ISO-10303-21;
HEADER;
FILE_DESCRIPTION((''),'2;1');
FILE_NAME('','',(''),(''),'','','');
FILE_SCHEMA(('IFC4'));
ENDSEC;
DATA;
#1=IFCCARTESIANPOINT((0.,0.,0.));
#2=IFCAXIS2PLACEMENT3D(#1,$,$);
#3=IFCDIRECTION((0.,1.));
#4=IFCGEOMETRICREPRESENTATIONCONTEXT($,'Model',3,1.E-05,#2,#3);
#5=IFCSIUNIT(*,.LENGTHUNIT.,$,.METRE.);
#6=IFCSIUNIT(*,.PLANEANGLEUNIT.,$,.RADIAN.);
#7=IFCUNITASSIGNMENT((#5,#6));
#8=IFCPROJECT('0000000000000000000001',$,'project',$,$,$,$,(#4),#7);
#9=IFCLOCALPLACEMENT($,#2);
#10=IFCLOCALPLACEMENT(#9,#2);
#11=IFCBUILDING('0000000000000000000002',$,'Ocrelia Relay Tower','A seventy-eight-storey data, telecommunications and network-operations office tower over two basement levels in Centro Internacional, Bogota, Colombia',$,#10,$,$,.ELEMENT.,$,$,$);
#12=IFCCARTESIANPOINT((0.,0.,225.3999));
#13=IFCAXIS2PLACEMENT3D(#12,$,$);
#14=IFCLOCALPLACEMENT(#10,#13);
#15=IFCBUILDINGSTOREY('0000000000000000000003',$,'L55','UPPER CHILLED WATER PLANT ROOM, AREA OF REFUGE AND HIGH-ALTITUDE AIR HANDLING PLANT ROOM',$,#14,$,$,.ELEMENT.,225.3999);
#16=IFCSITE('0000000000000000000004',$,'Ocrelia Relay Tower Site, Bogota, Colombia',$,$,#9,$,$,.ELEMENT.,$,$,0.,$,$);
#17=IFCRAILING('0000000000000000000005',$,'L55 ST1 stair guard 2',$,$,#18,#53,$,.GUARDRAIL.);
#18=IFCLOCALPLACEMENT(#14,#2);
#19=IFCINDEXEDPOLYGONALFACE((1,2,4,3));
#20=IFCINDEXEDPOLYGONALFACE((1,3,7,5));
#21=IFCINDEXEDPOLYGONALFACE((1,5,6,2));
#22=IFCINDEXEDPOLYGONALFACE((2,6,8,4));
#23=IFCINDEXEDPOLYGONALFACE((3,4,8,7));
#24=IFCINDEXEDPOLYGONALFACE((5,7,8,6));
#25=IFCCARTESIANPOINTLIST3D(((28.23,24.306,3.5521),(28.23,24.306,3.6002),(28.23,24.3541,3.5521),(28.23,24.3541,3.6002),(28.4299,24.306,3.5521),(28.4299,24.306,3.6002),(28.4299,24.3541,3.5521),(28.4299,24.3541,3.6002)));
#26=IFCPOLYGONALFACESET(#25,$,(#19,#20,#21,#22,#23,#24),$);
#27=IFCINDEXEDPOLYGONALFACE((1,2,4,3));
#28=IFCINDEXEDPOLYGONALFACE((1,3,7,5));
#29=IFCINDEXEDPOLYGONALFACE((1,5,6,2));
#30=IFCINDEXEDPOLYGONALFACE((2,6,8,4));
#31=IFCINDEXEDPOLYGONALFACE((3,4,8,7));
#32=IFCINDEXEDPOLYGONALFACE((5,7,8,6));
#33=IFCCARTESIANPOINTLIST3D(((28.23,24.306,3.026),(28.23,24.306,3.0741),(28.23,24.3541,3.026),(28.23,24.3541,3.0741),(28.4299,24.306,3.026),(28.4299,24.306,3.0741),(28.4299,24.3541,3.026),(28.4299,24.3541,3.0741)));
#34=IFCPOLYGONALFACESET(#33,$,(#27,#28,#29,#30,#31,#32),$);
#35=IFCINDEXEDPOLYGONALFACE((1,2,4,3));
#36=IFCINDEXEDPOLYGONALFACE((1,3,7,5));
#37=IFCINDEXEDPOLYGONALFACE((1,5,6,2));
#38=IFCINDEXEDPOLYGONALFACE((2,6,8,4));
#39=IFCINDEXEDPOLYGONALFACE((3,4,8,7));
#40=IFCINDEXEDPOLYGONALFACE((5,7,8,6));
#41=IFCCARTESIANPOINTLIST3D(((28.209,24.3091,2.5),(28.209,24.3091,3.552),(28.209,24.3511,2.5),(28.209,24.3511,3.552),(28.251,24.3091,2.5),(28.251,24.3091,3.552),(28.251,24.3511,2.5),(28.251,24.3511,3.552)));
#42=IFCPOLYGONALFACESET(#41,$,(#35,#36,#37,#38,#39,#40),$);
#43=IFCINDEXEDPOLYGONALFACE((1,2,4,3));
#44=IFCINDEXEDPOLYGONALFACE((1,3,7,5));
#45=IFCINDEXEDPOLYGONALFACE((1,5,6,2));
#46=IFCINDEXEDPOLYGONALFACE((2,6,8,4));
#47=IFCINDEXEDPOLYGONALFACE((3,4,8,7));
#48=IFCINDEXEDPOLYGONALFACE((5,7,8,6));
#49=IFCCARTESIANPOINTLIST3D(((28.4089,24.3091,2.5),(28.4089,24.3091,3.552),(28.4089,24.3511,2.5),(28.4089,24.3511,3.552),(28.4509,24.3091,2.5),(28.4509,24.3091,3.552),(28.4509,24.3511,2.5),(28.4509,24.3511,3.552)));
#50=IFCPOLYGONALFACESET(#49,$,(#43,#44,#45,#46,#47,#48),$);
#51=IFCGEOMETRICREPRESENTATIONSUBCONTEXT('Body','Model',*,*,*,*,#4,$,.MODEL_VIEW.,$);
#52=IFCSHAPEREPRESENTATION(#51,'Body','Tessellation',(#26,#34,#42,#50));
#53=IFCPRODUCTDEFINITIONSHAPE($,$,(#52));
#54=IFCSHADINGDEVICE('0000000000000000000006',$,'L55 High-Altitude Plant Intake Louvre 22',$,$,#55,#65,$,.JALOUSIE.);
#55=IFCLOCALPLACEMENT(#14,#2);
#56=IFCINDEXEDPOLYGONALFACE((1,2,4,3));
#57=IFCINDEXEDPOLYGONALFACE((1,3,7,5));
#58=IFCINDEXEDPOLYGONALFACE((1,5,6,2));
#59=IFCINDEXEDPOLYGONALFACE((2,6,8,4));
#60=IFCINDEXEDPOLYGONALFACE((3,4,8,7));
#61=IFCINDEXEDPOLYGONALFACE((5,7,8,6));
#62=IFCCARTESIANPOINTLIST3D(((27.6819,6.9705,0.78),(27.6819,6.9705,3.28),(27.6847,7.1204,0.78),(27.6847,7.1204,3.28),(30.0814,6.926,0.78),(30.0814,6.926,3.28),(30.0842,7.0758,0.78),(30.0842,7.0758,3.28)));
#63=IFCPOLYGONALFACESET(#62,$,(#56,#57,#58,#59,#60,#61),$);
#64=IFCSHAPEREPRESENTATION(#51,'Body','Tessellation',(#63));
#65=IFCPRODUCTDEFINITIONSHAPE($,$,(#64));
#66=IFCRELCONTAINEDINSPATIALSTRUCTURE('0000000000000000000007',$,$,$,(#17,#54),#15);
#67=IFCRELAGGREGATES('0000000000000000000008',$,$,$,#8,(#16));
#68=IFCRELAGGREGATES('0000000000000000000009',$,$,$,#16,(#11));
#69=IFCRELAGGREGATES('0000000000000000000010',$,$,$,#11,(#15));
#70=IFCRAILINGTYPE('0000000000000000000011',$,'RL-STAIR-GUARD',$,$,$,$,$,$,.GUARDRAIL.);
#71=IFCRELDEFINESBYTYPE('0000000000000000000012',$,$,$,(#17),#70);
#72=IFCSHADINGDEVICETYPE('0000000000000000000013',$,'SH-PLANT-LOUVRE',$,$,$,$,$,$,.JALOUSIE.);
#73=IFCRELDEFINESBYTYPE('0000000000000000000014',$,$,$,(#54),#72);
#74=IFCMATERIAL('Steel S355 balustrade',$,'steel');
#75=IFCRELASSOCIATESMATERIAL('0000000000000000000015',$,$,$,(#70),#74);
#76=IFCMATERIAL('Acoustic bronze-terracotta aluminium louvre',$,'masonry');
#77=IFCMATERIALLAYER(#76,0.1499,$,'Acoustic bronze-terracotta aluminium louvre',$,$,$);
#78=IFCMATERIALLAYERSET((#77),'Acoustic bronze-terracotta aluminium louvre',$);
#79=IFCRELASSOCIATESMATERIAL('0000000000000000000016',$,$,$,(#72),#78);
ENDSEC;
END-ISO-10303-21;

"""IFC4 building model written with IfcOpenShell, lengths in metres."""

from ifc_helpers import new_model, si_unit, direction, frame, origin, origin_2d, place, context, subcontext, project, spatial, rectangle, extrude, material, layer, layer_set, type_object, element, save


model = new_model("IFC4")

# Units and contexts
model_context = context("Model", 3, precision=1e-05, world=origin(), true_north=direction((0.0, 1.0)))
body_context = subcontext(model_context, "Body", "Model", "MODEL_VIEW")
ifc_project = project(units=[si_unit("LENGTHUNIT", "METRE"), si_unit("PLANEANGLEUNIT", "RADIAN")], contexts=[model_context])

# Site, building, storey
site_placement = place(None, origin())
site = spatial("IfcSite", under=ifc_project, at=site_placement, Name="Ocrelia Relay Tower Site, Bogota, Colombia", CompositionType="ELEMENT", RefElevation=0.0)
building_placement = place(site_placement, origin())
building = spatial("IfcBuilding", under=site, at=building_placement, Name="Ocrelia Relay Tower", Description="A seventy-eight-storey data, telecommunications and network-operations office tower over two basement levels in Centro Internacional, Bogota, Colombia", CompositionType="ELEMENT")
storey_placement = place(building_placement, frame((0.0, 0.0, 225.3999)))
storey = spatial("IfcBuildingStorey", under=building, at=storey_placement, Name="L55", Description="UPPER CHILLED WATER PLANT ROOM, AREA OF REFUGE AND HIGH-ALTITUDE AIR HANDLING PLANT ROOM", CompositionType="ELEMENT", Elevation=225.3999)

# Railing
ifc_material_1 = material(Name="Steel S355 balustrade", Category="steel")
railing_type = type_object("IfcRailingType", Name="RL-STAIR-GUARD", PredefinedType="GUARDRAIL", material=ifc_material_1)
railing_placement = place(storey_placement, frame((28.23, 24.3301, 2.5)))
element("IfcRailing", 1, at=railing_placement, inside=storey, type_object=railing_type, Name="L55 ST1 stair guard 2", PredefinedType="GUARDRAIL", context=body_context, shape_type="SweptSolid", body=[
    extrude(rectangle(XDim=0.0481, YDim=0.0481, at=origin_2d()), frame((0.0, 0.0, 1.0762), z_axis=(1.0, 0.0, 0.0), x_axis=(0.0, 1.0, 0.0)), (0.0, 0.0, 1.0), 0.2),
    extrude(rectangle(XDim=0.0481, YDim=0.0481, at=origin_2d()), frame((0.0, 0.0, 0.55), z_axis=(1.0, 0.0, 0.0), x_axis=(0.0, 1.0, 0.0)), (0.0, 0.0, 1.0), 0.2),
    extrude(rectangle(XDim=0.042, YDim=0.042, at=origin_2d()), origin(), (0.0, 0.0, 1.0), 1.052),
    extrude(rectangle(XDim=0.042, YDim=0.042, at=origin_2d()), frame((0.2, 0.0, 0.0)), (0.0, 0.0, 1.0), 1.052),
])

# Shading device
ifc_material_2 = material(Name="Acoustic bronze-terracotta aluminium louvre", Category="masonry")
ifc_layer_1 = layer(ifc_material_2, 0.1499, Name="Acoustic bronze-terracotta aluminium louvre")
ifc_layer_set_1 = layer_set([ifc_layer_1], Name="Acoustic bronze-terracotta aluminium louvre")
shading_device_type = type_object("IfcShadingDeviceType", Name="SH-PLANT-LOUVRE", PredefinedType="JALOUSIE", material=ifc_layer_set_1)
shading_device_placement = place(storey_placement, frame((28.8831, 7.0232, 0.78), z_axis=(0.0, 0.0, 1.0), x_axis=(0.999827, -0.018578, 0.0)))
element("IfcShadingDevice", 2, at=shading_device_placement, inside=storey, type_object=shading_device_type, Name="L55 High-Altitude Plant Intake Louvre 22", PredefinedType="JALOUSIE", context=body_context, shape_type="SweptSolid", body=[
    extrude(rectangle(XDim=2.3999, YDim=0.1499, at=origin_2d()), origin(), (0.0, 0.0, 1.0), 2.5),
])

save(model, "model.ifc")
